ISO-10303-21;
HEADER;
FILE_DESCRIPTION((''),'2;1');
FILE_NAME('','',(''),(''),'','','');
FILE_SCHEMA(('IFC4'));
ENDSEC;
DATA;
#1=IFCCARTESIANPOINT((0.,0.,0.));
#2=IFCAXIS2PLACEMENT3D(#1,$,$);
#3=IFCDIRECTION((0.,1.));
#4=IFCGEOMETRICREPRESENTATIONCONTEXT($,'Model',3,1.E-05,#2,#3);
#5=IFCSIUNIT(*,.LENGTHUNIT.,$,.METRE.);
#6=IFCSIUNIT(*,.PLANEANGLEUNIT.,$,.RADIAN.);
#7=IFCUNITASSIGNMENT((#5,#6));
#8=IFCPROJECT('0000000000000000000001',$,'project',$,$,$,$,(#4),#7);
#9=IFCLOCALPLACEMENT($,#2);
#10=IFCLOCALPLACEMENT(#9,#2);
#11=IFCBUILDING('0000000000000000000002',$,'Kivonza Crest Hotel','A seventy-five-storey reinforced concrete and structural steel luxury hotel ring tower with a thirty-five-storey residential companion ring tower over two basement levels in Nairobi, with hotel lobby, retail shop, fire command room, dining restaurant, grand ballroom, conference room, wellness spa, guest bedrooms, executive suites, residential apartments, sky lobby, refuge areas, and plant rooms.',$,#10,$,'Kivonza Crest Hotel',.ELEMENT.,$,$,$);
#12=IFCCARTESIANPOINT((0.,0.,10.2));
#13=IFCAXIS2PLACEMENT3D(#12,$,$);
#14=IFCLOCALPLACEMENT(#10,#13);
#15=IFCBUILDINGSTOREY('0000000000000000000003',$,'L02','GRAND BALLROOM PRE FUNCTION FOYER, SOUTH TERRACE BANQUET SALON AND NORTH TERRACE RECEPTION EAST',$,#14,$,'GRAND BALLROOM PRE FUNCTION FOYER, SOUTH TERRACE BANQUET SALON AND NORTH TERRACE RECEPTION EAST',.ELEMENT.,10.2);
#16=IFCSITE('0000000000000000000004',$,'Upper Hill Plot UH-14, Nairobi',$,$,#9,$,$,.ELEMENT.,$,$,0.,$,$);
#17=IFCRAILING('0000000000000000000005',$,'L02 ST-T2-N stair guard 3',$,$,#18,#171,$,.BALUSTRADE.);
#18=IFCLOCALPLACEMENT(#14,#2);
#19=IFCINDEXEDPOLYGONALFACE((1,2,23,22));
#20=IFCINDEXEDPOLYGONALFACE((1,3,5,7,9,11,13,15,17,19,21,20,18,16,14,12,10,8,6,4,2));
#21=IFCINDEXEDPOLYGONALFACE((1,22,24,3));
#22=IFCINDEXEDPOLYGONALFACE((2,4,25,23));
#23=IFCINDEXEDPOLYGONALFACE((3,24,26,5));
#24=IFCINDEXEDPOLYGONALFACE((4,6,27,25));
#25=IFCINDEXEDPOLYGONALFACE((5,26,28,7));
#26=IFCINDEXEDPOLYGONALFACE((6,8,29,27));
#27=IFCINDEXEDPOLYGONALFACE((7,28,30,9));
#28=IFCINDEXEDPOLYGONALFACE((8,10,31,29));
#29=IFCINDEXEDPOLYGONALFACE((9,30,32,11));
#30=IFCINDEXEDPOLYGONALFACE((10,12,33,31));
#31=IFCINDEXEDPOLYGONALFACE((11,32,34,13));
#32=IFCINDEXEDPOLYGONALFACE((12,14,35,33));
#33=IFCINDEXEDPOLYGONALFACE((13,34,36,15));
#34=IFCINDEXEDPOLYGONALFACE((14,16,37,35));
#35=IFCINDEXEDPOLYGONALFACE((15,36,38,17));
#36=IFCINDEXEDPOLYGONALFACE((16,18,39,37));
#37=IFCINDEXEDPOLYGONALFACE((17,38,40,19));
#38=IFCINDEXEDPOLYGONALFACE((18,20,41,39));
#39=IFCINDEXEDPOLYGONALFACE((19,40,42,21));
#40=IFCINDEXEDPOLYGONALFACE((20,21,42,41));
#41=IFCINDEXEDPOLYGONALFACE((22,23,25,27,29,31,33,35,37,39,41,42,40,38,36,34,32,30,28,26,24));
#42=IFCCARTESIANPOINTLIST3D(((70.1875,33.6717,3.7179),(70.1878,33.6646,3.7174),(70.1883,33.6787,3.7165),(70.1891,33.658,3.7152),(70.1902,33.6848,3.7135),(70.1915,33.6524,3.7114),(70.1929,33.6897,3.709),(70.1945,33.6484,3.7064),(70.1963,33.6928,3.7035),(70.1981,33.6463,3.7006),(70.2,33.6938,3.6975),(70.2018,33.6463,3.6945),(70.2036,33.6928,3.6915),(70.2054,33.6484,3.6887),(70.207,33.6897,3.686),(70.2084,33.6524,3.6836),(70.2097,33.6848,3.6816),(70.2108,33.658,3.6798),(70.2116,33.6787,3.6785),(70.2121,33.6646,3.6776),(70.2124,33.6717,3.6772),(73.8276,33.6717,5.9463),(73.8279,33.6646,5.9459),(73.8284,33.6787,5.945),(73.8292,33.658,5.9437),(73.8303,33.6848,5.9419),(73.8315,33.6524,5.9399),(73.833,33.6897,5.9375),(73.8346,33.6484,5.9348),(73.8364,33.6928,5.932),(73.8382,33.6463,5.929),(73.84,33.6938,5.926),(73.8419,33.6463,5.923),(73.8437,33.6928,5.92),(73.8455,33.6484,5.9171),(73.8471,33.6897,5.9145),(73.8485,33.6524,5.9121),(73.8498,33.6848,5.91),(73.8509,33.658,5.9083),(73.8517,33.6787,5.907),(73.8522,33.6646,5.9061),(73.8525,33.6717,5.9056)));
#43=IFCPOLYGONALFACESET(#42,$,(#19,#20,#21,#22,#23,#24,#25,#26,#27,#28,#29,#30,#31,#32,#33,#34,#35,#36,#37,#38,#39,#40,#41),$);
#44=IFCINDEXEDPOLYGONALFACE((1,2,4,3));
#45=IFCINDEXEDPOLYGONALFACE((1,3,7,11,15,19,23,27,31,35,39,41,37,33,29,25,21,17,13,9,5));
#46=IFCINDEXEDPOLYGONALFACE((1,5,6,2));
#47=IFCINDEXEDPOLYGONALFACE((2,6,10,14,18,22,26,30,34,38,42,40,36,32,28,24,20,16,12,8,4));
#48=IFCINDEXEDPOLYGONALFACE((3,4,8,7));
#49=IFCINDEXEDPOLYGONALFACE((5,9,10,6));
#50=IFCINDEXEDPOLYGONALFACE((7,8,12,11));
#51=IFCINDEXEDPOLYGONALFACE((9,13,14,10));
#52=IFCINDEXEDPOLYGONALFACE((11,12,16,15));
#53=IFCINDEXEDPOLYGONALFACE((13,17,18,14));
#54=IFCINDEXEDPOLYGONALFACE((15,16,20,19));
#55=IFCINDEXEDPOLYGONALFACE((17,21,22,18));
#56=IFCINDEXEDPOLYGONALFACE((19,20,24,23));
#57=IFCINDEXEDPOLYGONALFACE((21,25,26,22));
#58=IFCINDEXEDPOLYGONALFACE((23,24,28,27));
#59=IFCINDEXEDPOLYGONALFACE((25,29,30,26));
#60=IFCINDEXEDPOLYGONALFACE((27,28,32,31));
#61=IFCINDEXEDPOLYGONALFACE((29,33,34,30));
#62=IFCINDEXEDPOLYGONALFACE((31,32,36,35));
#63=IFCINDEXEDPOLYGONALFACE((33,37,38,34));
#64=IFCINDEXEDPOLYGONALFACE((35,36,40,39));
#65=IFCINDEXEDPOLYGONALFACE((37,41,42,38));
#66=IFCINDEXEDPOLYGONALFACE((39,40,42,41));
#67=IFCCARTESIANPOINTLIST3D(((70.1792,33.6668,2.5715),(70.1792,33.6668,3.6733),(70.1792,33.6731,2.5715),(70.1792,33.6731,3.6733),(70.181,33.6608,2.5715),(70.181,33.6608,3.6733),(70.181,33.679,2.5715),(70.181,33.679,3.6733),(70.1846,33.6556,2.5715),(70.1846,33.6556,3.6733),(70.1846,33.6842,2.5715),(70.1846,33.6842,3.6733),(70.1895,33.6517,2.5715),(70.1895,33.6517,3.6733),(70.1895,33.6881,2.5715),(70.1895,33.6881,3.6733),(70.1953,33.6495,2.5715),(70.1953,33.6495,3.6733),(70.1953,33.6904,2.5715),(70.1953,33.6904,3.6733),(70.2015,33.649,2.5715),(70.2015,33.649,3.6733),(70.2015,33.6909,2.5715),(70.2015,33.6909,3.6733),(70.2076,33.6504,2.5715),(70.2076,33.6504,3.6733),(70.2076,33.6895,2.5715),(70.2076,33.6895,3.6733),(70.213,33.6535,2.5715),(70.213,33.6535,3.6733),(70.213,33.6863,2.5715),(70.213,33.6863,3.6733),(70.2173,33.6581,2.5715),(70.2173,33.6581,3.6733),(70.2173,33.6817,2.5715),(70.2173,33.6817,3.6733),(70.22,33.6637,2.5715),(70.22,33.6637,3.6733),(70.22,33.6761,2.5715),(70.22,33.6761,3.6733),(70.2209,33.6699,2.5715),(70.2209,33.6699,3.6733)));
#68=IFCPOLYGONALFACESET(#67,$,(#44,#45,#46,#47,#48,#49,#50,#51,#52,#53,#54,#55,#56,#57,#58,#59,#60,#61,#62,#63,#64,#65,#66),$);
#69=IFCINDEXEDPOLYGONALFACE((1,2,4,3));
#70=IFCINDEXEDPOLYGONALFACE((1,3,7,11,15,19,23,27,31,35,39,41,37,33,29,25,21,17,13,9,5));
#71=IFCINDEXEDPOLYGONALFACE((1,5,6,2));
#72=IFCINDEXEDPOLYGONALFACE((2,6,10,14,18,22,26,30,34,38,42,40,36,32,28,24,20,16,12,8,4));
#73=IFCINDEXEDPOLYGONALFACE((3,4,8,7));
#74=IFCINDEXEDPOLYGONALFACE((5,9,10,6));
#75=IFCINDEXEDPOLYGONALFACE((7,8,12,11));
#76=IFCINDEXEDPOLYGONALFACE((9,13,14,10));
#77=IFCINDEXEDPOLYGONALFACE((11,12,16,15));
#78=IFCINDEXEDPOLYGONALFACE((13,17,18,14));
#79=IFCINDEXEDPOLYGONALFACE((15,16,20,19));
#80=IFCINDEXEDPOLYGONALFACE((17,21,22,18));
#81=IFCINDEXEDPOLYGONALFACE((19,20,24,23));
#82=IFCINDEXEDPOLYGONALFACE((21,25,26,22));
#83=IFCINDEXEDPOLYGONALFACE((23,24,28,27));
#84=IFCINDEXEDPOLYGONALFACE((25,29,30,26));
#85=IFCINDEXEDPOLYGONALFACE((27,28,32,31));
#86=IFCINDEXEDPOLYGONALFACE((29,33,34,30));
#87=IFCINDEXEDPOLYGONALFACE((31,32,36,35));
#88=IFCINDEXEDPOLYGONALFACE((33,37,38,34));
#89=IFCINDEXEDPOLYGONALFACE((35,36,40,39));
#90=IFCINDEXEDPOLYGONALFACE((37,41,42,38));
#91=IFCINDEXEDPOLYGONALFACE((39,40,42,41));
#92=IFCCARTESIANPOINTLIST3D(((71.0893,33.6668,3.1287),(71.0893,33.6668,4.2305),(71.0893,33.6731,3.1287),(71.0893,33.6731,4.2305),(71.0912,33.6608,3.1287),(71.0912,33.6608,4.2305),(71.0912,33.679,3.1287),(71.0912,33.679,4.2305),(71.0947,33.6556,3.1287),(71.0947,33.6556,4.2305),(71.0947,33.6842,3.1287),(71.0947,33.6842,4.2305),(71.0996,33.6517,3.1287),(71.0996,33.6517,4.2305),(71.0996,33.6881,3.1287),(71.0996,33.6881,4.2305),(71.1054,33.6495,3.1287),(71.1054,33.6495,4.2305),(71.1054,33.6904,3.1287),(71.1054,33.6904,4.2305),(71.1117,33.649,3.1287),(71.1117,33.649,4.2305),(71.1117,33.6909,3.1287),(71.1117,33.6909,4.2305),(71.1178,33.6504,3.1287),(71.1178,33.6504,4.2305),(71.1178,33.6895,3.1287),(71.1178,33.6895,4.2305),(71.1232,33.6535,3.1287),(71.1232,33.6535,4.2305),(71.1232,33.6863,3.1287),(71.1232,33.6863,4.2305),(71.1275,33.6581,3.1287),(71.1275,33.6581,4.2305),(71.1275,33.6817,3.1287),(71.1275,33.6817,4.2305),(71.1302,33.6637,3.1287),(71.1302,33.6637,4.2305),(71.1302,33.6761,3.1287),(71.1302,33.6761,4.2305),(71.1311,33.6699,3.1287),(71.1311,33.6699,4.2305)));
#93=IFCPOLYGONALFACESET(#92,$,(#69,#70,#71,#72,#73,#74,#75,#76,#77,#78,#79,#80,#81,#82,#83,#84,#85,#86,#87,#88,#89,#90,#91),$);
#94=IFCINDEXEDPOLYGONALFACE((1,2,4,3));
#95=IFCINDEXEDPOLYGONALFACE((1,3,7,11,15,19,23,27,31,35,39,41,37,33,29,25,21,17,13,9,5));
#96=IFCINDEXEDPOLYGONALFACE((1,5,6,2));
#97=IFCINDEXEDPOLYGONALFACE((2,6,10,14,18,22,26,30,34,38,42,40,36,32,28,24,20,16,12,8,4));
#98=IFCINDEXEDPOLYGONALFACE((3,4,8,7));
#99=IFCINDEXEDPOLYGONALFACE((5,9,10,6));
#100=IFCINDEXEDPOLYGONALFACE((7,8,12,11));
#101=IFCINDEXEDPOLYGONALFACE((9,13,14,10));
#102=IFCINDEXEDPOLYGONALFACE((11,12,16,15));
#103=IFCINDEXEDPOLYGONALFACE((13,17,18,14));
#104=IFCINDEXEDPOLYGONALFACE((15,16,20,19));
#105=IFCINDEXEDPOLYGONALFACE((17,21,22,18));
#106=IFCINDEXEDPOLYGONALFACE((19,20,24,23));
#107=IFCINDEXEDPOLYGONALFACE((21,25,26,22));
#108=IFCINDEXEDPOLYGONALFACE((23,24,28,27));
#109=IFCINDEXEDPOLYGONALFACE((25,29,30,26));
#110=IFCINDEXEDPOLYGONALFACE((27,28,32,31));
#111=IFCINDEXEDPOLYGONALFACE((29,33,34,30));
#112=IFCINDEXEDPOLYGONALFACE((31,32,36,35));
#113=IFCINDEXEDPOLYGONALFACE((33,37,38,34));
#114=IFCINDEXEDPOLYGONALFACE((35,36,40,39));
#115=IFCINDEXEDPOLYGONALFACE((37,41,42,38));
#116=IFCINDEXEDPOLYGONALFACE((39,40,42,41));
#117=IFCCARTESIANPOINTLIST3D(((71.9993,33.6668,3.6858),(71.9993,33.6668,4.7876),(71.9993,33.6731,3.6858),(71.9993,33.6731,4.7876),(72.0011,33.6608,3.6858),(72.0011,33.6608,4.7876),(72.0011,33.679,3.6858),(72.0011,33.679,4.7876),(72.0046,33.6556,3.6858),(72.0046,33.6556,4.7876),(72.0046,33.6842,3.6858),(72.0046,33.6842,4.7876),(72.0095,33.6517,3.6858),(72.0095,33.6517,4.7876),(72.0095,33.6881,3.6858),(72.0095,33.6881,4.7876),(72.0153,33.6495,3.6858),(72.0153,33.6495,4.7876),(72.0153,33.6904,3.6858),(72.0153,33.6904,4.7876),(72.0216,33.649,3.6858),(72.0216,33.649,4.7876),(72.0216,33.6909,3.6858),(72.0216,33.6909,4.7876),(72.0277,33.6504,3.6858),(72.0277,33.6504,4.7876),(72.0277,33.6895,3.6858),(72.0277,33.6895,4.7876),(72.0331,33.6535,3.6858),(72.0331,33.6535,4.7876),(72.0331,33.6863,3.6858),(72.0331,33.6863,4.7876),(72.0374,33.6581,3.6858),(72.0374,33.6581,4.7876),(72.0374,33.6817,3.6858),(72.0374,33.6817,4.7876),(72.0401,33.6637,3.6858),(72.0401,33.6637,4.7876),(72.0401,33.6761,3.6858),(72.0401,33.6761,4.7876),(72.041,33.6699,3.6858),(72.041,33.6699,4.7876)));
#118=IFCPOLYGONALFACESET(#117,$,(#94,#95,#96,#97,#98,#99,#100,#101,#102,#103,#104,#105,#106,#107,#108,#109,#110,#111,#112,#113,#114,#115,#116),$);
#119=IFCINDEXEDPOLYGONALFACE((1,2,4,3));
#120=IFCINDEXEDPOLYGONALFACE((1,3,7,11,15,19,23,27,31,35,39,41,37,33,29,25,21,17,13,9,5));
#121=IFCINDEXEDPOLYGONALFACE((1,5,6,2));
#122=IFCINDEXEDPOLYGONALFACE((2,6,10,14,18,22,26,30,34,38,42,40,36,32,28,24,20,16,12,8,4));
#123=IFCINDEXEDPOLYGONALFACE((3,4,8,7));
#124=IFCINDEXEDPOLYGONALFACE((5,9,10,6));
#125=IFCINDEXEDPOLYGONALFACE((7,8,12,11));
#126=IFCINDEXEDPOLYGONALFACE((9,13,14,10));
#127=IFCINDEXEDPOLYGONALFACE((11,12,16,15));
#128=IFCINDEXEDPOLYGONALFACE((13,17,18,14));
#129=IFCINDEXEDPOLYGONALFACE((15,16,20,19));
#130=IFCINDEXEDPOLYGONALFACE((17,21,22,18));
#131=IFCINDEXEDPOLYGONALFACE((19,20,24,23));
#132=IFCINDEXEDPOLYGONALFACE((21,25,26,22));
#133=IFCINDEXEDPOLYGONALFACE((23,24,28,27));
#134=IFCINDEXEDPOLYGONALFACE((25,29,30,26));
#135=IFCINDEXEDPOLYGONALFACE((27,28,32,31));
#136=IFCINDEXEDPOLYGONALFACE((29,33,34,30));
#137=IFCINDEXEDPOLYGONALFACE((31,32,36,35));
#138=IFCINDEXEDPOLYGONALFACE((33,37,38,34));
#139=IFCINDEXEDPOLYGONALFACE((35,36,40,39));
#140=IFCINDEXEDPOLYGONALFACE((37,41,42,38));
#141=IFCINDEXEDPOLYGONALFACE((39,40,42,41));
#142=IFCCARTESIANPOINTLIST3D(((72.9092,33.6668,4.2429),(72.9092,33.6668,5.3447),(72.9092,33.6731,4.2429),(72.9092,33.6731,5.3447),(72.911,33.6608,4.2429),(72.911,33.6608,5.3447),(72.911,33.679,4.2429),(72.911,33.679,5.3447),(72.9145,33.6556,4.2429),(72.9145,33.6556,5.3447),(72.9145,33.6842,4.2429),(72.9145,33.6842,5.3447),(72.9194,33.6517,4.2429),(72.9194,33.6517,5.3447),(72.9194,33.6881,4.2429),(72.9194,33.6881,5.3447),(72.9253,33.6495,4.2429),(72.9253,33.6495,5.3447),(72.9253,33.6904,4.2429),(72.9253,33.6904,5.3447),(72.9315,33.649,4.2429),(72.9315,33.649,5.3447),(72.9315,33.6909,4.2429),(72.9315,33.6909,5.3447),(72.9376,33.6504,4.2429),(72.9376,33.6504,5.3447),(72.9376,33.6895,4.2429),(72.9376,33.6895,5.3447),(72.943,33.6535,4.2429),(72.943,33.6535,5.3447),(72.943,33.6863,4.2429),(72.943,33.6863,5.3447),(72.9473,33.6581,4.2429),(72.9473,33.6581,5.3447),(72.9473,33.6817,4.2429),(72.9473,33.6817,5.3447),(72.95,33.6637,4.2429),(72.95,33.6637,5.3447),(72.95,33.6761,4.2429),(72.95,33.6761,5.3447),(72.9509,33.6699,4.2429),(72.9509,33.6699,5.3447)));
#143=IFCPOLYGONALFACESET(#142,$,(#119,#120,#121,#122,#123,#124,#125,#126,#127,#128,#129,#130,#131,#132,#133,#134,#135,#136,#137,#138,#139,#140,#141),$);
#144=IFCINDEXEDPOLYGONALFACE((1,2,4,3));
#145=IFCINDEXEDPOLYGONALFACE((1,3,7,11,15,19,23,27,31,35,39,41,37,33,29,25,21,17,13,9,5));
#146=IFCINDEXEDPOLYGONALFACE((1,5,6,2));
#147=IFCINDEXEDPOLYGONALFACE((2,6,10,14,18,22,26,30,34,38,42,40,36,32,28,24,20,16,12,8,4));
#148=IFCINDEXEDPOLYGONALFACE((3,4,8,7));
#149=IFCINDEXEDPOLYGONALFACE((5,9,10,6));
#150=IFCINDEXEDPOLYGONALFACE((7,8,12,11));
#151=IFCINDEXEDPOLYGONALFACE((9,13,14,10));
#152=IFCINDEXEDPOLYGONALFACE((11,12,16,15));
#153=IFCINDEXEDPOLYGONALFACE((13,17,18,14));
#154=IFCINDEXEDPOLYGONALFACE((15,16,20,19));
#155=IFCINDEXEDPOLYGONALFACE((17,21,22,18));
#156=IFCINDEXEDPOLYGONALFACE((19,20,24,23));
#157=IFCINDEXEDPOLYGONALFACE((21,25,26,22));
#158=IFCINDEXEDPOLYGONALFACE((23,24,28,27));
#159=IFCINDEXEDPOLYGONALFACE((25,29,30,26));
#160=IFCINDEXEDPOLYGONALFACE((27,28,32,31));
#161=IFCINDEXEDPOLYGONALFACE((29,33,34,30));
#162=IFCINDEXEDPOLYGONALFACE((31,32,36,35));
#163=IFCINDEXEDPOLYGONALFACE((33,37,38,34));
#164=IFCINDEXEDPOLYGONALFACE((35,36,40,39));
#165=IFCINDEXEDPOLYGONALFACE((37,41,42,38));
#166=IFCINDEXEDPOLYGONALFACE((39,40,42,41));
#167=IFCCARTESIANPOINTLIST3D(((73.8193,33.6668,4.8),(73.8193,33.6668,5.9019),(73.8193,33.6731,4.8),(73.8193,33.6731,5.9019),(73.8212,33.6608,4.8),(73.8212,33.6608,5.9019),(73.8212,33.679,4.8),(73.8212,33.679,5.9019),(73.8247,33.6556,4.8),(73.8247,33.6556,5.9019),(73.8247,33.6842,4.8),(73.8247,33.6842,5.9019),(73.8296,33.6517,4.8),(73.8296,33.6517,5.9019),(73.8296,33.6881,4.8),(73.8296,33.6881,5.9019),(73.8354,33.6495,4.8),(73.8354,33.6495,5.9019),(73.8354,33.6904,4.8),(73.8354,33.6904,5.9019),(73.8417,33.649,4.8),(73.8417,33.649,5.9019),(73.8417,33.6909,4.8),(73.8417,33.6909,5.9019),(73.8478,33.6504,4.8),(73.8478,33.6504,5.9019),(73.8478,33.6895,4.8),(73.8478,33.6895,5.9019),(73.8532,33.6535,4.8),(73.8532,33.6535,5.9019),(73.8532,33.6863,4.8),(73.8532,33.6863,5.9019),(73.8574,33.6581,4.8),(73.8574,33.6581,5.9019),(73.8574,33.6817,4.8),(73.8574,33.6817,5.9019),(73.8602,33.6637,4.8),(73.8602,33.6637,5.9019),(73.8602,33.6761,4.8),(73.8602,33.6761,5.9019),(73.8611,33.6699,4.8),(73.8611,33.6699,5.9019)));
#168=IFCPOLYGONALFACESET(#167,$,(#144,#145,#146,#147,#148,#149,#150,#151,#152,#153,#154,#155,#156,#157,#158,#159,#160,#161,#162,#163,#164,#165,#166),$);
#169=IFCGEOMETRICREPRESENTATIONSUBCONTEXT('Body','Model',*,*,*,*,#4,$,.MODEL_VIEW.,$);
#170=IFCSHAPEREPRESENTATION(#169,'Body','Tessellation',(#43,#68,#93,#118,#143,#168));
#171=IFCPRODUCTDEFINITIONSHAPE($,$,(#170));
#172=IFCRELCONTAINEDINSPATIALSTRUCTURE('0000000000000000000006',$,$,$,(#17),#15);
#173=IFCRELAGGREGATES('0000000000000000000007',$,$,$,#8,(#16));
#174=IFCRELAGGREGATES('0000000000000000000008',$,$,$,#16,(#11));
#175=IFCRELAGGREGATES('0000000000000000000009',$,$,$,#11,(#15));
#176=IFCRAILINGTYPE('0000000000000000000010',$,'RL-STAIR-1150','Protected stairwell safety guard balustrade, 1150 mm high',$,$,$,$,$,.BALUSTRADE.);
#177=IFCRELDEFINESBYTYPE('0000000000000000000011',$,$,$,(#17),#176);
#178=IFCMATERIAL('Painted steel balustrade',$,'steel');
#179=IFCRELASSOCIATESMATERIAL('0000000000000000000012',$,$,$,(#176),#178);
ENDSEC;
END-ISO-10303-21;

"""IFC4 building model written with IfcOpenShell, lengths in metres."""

from ifc_helpers import new_model, si_unit, direction, frame, origin, origin_2d, place, context, subcontext, project, spatial, circle, extrude, material, type_object, element, save


model = new_model("IFC4")

# Units and contexts
model_context = context("Model", 3, precision=1e-05, world=origin(), true_north=direction((0.0, 1.0)))
body_context = subcontext(model_context, "Body", "Model", "MODEL_VIEW")
ifc_project = project(units=[si_unit("LENGTHUNIT", "METRE"), si_unit("PLANEANGLEUNIT", "RADIAN")], contexts=[model_context])

# Site, building, storey
site_placement = place(None, origin())
site = spatial("IfcSite", under=ifc_project, at=site_placement, Name="Upper Hill Plot UH-14, Nairobi", CompositionType="ELEMENT", RefElevation=0.0)
building_placement = place(site_placement, origin())
building = spatial("IfcBuilding", under=site, at=building_placement, Name="Kivonza Crest Hotel", Description="A seventy-five-storey reinforced concrete and structural steel luxury hotel ring tower with a thirty-five-storey residential companion ring tower over two basement levels in Nairobi, with hotel lobby, retail shop, fire command room, dining restaurant, grand ballroom, conference room, wellness spa, guest bedrooms, executive suites, residential apartments, sky lobby, refuge areas, and plant rooms.", LongName="Kivonza Crest Hotel", CompositionType="ELEMENT")
storey_placement = place(building_placement, frame((0.0, 0.0, 10.2)))
storey = spatial("IfcBuildingStorey", under=building, at=storey_placement, Name="L02", Description="GRAND BALLROOM PRE FUNCTION FOYER, SOUTH TERRACE BANQUET SALON AND NORTH TERRACE RECEPTION EAST", LongName="GRAND BALLROOM PRE FUNCTION FOYER, SOUTH TERRACE BANQUET SALON AND NORTH TERRACE RECEPTION EAST", CompositionType="ELEMENT", Elevation=10.2)

# Railing
ifc_material_1 = material(Name="Painted steel balustrade", Category="steel")
railing_type_1 = type_object("IfcRailingType", Name="RL-STAIR-1150", Description="Protected stairwell safety guard balustrade, 1150 mm high", PredefinedType="BALUSTRADE", material=ifc_material_1)
railing_1_placement = place(storey_placement, frame((70.2, 33.6699, 2.5715)))
element("IfcRailing", 1, at=railing_1_placement, inside=storey, type_object=railing_type_1, Name="L02 ST-T2-N stair guard 3", PredefinedType="BALUSTRADE", context=body_context, shape_type="SweptSolid", body=[
    extrude(circle(Radius=0.0239, at=origin_2d()), frame((0.0, 0.0, 1.126), z_axis=(0.852866, 0.0, 0.52213), x_axis=(0.0, 1.0, 0.0)), (0.0, 0.0, 1.0), 4.2681),
    extrude(circle(Radius=0.021, at=origin_2d()), origin(), (0.0, 0.0, 1.0), 1.1018),
    extrude(circle(Radius=0.021, at=origin_2d()), frame((0.9102, 0.0, 0.5571)), (0.0, 0.0, 1.0), 1.1018),
    extrude(circle(Radius=0.021, at=origin_2d()), frame((1.8201, 0.0, 1.1143)), (0.0, 0.0, 1.0), 1.1018),
    extrude(circle(Radius=0.021, at=origin_2d()), frame((2.73, 0.0, 1.6714)), (0.0, 0.0, 1.0), 1.1018),
    extrude(circle(Radius=0.021, at=origin_2d()), frame((3.6401, 0.0, 2.2285)), (0.0, 0.0, 1.0), 1.1018),
])

save(model, "model.ifc")
